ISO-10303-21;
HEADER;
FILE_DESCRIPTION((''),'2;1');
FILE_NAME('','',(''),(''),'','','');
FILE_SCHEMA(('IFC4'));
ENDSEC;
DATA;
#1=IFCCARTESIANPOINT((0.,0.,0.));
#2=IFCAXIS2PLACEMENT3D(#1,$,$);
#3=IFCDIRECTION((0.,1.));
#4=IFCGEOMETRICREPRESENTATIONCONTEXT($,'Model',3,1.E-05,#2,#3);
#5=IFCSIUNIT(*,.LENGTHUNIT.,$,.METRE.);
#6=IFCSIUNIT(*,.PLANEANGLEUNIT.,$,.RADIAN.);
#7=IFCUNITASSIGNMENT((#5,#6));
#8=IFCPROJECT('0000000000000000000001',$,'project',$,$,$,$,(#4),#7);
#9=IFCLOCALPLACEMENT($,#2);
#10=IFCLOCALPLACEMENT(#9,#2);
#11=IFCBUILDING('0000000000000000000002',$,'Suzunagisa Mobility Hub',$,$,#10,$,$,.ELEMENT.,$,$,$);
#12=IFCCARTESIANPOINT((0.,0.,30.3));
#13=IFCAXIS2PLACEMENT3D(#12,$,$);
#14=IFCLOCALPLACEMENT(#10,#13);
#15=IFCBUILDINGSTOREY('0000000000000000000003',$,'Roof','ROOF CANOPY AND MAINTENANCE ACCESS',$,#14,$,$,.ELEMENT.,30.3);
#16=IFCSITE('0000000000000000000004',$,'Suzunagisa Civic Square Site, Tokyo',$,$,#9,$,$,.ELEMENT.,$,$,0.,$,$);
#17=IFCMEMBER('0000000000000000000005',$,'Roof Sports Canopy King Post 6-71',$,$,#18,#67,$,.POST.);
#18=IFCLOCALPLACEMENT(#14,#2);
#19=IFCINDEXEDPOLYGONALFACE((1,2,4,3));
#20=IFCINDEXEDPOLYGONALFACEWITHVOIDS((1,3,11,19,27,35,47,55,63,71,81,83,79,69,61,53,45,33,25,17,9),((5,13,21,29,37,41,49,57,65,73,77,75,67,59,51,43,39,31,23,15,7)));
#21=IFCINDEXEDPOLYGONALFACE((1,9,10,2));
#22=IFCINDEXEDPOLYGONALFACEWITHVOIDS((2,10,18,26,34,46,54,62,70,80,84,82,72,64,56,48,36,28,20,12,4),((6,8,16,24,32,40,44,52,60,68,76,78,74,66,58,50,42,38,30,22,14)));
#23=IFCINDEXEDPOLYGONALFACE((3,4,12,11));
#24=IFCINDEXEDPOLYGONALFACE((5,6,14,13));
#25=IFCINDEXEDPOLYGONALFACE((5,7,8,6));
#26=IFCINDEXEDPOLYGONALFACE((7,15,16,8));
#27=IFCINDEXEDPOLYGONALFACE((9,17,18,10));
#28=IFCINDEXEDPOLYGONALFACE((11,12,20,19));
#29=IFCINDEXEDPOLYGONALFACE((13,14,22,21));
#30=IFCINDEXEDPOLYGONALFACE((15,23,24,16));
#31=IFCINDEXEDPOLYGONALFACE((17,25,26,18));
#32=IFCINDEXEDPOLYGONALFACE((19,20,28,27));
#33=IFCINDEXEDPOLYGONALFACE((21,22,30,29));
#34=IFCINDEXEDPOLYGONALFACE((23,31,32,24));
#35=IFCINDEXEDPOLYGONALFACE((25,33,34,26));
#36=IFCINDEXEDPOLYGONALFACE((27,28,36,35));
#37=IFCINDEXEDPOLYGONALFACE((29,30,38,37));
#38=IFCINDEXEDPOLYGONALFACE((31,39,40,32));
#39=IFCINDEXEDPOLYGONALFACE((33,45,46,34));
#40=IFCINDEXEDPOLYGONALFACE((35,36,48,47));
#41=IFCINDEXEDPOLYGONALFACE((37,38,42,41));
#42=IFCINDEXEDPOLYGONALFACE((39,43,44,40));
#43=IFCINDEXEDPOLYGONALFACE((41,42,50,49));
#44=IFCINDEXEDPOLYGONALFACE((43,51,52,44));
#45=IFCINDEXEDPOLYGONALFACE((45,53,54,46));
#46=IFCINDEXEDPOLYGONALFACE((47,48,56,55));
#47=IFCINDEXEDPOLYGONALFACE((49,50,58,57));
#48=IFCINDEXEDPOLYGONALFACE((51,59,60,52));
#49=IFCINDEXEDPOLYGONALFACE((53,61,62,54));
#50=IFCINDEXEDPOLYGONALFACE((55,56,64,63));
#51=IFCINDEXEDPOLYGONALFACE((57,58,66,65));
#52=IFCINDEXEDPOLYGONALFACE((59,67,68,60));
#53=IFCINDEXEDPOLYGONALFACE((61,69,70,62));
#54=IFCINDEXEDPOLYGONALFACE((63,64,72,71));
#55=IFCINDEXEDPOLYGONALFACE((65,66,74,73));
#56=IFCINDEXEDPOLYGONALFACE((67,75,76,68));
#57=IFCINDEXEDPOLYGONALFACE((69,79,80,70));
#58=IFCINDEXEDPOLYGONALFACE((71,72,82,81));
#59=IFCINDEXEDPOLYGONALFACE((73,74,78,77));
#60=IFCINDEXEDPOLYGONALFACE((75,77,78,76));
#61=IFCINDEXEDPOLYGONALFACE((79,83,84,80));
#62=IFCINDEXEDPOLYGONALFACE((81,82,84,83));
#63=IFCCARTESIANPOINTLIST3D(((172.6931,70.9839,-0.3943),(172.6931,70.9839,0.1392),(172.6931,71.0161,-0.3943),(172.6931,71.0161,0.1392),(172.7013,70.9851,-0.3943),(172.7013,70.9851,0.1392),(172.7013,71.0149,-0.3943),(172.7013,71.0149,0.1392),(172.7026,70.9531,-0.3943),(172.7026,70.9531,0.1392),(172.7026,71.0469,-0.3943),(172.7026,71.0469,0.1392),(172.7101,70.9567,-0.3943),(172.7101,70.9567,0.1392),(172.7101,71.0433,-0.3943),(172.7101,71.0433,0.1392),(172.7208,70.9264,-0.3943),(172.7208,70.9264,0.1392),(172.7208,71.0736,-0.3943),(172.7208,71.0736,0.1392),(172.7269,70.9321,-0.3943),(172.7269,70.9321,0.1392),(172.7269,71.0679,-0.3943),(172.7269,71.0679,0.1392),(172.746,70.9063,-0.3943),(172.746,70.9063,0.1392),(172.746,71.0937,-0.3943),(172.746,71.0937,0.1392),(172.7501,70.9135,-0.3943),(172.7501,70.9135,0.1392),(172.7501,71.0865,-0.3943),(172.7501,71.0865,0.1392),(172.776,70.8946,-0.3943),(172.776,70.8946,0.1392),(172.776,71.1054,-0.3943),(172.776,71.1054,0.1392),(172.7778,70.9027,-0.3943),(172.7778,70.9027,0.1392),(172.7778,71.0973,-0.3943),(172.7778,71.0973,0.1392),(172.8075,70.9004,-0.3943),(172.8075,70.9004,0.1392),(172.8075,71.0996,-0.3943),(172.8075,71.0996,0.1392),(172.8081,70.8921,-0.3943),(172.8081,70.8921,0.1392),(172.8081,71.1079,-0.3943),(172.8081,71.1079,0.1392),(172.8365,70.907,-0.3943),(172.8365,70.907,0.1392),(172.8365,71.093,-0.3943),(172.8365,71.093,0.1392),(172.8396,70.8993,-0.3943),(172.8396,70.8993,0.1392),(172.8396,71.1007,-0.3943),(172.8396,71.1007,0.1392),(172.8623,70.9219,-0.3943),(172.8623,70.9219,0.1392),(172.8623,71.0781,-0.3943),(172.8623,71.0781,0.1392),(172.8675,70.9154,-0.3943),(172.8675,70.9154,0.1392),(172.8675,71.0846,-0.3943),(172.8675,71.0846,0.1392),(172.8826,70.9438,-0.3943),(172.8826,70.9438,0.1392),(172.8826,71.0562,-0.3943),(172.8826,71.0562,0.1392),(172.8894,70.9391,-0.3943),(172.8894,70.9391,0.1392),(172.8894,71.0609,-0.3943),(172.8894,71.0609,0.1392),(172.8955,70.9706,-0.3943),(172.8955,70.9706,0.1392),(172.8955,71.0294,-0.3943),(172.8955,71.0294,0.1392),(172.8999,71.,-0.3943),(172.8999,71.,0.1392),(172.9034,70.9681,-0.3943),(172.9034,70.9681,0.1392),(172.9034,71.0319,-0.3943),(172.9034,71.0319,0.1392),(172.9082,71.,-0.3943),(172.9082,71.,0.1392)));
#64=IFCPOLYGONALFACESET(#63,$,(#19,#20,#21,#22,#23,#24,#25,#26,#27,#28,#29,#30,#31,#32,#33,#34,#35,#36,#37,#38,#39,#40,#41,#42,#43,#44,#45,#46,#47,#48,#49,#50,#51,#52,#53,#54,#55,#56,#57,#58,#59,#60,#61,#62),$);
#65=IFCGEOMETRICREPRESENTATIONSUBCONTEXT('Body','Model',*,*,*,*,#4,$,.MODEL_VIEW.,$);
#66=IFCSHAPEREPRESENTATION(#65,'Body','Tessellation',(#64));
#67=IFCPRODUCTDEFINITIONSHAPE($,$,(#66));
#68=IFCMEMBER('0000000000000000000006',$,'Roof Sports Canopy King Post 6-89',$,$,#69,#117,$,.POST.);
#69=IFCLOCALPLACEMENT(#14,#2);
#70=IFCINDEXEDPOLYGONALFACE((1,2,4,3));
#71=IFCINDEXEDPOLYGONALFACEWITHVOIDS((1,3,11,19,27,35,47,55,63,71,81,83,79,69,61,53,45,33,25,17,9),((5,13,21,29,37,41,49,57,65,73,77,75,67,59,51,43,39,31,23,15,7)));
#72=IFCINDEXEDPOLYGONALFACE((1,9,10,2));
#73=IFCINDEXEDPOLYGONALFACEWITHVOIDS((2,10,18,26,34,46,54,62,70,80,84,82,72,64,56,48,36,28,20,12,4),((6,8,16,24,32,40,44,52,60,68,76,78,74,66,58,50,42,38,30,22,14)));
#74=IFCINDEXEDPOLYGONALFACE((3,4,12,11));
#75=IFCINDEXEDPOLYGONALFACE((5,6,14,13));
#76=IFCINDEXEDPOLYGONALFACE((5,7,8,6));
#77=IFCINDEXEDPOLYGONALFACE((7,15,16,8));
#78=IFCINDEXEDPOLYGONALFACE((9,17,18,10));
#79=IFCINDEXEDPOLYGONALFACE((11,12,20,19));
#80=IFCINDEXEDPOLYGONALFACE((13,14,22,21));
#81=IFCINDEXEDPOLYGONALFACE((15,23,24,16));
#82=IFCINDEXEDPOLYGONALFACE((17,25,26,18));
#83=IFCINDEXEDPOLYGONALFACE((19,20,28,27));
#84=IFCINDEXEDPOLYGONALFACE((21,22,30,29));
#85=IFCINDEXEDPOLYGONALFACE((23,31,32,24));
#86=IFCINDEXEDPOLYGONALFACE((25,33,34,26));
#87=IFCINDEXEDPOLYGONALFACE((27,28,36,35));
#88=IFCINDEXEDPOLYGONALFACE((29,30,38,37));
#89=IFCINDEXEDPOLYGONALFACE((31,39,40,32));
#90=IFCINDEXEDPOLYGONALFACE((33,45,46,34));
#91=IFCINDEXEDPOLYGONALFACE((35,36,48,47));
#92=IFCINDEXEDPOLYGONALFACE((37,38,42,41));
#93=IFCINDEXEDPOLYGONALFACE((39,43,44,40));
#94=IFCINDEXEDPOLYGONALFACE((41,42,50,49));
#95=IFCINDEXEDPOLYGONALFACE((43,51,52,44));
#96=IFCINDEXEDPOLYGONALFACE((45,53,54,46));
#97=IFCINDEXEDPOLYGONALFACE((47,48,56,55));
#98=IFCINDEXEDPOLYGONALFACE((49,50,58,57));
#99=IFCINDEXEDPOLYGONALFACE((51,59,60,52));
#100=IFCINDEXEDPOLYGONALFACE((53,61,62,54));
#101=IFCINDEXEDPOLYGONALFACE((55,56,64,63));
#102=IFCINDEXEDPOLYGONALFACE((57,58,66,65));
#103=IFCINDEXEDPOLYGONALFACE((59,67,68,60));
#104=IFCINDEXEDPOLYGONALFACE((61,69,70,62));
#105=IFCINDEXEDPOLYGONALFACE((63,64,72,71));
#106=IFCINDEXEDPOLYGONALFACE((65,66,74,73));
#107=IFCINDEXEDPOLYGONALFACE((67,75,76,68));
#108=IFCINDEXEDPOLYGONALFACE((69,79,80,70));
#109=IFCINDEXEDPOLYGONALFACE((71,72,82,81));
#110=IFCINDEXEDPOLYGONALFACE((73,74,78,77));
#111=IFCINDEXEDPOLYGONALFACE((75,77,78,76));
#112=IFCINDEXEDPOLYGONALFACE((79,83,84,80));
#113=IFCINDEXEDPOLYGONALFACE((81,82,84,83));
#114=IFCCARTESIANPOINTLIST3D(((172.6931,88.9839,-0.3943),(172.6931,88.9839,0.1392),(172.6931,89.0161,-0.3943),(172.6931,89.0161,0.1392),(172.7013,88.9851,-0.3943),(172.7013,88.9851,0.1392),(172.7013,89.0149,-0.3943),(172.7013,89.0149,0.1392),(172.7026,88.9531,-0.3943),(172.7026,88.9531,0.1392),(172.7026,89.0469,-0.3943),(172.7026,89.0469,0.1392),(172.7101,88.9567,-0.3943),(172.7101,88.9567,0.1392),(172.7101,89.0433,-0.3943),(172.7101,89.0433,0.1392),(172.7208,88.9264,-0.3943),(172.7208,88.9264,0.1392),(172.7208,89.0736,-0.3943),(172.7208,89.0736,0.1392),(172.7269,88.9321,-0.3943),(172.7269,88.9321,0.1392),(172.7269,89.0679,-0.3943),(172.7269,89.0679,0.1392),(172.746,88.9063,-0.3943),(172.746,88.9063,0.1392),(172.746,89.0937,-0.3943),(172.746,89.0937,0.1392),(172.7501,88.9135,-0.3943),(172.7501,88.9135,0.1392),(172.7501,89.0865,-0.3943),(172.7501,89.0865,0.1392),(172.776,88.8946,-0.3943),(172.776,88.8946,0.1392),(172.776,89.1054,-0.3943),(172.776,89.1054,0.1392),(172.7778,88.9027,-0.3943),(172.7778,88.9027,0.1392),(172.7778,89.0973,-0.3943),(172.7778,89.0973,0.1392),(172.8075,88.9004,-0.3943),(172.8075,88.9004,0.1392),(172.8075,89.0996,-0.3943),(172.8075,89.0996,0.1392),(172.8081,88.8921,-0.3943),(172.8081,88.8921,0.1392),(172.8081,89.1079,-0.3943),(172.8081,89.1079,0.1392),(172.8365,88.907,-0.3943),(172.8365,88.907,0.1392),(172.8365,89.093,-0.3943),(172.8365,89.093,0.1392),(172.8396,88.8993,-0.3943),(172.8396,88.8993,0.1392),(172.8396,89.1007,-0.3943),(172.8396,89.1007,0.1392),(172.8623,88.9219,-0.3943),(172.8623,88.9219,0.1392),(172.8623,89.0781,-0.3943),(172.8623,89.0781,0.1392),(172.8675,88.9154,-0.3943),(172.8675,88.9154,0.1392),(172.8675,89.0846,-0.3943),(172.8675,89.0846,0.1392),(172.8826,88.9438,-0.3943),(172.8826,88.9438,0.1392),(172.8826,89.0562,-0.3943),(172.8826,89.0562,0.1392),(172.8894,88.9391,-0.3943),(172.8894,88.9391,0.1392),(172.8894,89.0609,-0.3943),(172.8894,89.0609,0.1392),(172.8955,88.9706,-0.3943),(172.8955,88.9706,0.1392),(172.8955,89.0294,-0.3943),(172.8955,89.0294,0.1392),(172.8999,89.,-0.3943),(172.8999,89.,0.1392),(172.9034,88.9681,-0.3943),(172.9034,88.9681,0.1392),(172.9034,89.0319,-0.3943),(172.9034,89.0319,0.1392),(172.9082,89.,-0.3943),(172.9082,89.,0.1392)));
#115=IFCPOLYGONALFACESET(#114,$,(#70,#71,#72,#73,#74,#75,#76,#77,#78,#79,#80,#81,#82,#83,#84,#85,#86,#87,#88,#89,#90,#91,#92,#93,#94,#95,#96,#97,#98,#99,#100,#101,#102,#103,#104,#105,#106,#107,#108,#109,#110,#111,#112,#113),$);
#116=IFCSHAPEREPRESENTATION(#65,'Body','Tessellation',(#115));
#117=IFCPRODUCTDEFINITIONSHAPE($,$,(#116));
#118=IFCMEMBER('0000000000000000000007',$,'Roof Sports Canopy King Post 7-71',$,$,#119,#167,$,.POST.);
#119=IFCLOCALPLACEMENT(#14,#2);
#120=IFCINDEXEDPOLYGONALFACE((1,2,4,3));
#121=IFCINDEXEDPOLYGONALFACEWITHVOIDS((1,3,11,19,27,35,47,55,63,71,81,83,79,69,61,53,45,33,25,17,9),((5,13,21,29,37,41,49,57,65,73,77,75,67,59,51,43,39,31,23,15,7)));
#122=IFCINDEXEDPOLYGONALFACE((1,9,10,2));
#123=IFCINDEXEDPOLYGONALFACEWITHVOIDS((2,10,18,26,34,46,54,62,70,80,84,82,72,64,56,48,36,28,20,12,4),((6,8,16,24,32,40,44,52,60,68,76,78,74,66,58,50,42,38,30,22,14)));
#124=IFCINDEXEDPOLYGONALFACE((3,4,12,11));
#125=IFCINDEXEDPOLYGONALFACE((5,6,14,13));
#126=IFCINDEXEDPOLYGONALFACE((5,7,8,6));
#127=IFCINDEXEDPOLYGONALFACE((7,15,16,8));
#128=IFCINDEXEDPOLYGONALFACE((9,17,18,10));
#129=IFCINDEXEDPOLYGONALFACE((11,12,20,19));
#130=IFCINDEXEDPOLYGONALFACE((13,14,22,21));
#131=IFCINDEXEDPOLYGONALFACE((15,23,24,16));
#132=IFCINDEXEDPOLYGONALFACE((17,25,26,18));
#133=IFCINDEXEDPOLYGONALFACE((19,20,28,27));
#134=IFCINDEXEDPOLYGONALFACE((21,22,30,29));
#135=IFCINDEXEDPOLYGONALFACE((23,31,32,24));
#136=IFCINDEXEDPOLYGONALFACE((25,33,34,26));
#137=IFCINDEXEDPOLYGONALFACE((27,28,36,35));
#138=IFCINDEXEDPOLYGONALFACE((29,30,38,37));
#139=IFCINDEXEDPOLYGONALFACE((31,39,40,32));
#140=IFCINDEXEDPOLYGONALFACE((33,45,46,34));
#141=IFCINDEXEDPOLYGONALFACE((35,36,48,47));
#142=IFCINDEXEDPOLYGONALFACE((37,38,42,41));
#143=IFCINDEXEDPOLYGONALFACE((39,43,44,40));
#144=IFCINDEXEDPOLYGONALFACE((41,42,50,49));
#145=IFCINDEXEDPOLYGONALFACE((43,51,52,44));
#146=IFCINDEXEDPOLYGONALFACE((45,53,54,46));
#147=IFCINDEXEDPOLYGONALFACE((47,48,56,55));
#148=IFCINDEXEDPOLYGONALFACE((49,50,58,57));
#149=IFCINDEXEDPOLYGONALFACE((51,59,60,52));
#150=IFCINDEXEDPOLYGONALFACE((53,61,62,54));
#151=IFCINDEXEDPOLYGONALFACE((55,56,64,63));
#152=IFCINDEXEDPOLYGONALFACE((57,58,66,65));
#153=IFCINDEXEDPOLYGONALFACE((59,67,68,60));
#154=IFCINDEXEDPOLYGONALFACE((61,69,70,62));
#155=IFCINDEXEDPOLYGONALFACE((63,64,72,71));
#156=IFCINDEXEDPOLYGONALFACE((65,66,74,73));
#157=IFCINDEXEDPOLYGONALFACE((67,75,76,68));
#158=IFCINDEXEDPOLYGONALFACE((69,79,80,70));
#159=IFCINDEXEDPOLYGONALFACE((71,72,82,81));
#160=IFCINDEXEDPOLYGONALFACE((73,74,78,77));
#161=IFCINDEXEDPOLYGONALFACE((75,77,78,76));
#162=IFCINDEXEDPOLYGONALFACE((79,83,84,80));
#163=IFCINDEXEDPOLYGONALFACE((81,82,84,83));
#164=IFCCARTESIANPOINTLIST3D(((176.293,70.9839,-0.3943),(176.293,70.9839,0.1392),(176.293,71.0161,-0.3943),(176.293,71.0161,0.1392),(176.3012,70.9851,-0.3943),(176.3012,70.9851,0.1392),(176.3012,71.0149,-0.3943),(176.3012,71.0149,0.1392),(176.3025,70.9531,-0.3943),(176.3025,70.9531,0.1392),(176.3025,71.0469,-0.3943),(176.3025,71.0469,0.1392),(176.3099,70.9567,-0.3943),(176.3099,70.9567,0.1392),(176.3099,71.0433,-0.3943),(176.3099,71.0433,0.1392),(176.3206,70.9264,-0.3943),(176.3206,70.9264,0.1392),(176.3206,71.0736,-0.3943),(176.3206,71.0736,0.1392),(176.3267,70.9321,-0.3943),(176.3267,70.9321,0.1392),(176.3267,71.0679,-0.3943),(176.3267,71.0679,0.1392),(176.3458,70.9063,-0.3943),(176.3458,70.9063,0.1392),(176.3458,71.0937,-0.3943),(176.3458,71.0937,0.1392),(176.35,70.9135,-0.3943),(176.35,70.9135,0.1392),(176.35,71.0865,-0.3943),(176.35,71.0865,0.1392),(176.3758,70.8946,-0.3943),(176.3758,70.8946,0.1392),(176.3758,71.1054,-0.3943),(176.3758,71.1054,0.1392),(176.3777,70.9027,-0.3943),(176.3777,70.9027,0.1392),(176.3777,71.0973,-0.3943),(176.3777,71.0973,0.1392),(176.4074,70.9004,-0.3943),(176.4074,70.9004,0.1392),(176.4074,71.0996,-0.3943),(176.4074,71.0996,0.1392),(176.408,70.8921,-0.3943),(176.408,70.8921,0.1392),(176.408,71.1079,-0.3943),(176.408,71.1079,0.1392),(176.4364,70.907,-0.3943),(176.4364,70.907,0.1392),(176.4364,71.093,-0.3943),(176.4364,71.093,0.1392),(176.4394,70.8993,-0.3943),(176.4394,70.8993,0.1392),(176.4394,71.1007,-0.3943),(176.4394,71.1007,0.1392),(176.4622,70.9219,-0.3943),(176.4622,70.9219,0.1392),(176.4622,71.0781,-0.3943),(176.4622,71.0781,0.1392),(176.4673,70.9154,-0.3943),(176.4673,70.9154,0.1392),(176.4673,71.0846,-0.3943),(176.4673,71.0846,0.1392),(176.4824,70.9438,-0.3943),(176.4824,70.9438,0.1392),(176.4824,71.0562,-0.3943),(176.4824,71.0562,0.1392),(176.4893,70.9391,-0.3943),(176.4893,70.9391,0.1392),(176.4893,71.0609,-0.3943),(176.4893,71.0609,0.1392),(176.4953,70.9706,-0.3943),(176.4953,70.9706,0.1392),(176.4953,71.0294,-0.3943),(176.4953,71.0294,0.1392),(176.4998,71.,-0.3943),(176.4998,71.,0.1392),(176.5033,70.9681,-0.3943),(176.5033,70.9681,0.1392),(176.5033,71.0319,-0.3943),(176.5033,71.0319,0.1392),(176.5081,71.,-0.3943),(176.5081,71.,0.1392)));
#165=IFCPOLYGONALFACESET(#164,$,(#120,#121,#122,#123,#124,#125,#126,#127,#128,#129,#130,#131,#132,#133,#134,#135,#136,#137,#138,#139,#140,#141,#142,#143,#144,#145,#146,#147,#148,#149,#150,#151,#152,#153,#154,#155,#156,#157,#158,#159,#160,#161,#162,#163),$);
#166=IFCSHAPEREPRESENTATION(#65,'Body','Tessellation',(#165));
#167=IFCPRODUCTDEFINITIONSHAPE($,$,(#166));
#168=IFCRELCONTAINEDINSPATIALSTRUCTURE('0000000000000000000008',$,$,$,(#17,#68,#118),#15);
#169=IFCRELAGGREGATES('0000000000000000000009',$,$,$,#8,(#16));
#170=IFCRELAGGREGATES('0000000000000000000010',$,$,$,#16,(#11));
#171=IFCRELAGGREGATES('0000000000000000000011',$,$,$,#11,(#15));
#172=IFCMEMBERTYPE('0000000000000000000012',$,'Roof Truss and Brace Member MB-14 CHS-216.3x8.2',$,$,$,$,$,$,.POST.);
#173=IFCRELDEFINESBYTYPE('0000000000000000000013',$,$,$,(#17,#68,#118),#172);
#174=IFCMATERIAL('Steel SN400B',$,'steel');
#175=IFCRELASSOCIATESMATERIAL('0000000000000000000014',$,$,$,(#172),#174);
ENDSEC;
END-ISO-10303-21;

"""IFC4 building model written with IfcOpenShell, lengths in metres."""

from ifc_helpers import new_model, si_unit, direction, frame, origin, origin_2d, place, context, subcontext, project, spatial, hollow_circle, extrude, material, material_profile, profile_set, type_object, element, save


model = new_model("IFC4")

# Units and contexts
model_context = context("Model", 3, precision=1e-05, world=origin(), true_north=direction((0.0, 1.0)))
body_context = subcontext(model_context, "Body", "Model", "MODEL_VIEW")
ifc_project = project(units=[si_unit("LENGTHUNIT", "METRE"), si_unit("PLANEANGLEUNIT", "RADIAN")], contexts=[model_context])

# Site, building, storey
site_placement = place(None, origin())
site = spatial("IfcSite", under=ifc_project, at=site_placement, Name="Suzunagisa Civic Square Site, Tokyo", CompositionType="ELEMENT", RefElevation=0.0)
building_placement = place(site_placement, origin())
building = spatial("IfcBuilding", under=site, at=building_placement, Name="Suzunagisa Mobility Hub", CompositionType="ELEMENT")
storey_placement = place(building_placement, frame((0.0, 0.0, 30.3)))
storey = spatial("IfcBuildingStorey", under=building, at=storey_placement, Name="Roof", Description="ROOF CANOPY AND MAINTENANCE ACCESS", CompositionType="ELEMENT", Elevation=30.3)

# Members
ifc_material_1 = material(Name="Steel SN400B", Category="steel")
ifc_material_profile_1 = material_profile(ifc_material_1, hollow_circle(Radius=0.1082, WallThickness=0.0083, at=origin_2d()), Name="CHS-216.3x8.2")
ifc_profile_set_1 = profile_set([ifc_material_profile_1], Name="Steel SN400B")
member_type = type_object("IfcMemberType", Name="Roof Truss and Brace Member MB-14 CHS-216.3x8.2", PredefinedType="POST", material=ifc_profile_set_1)
for number, where, z_axis, x_axis, name in (
    (1, (172.8, 71.0, -0.3943), (0.0, 0.0, 1.0), (1.0, 0.0, 0.0), "Roof Sports Canopy King Post 6-71"),
    (2, (172.8, 89.0, -0.3943), (0.0, 0.0, 1.0), (1.0, 0.0, 0.0), "Roof Sports Canopy King Post 6-89"),
    (3, (176.3999, 71.0, -0.3943), (0.0, 0.0, 1.0), (1.0, 0.0, 0.0), "Roof Sports Canopy King Post 7-71"),
):
    element("IfcMember", number, at=place(storey_placement, frame(where, z_axis=z_axis, x_axis=x_axis)), inside=storey, type_object=member_type, Name=name, PredefinedType="POST", context=body_context, shape_type="SweptSolid", body=[
        extrude(hollow_circle(Radius=0.1082, WallThickness=0.0083, at=origin_2d()), origin(), (0.0, 0.0, 1.0), 0.5334),
    ])

save(model, "model.ifc")
